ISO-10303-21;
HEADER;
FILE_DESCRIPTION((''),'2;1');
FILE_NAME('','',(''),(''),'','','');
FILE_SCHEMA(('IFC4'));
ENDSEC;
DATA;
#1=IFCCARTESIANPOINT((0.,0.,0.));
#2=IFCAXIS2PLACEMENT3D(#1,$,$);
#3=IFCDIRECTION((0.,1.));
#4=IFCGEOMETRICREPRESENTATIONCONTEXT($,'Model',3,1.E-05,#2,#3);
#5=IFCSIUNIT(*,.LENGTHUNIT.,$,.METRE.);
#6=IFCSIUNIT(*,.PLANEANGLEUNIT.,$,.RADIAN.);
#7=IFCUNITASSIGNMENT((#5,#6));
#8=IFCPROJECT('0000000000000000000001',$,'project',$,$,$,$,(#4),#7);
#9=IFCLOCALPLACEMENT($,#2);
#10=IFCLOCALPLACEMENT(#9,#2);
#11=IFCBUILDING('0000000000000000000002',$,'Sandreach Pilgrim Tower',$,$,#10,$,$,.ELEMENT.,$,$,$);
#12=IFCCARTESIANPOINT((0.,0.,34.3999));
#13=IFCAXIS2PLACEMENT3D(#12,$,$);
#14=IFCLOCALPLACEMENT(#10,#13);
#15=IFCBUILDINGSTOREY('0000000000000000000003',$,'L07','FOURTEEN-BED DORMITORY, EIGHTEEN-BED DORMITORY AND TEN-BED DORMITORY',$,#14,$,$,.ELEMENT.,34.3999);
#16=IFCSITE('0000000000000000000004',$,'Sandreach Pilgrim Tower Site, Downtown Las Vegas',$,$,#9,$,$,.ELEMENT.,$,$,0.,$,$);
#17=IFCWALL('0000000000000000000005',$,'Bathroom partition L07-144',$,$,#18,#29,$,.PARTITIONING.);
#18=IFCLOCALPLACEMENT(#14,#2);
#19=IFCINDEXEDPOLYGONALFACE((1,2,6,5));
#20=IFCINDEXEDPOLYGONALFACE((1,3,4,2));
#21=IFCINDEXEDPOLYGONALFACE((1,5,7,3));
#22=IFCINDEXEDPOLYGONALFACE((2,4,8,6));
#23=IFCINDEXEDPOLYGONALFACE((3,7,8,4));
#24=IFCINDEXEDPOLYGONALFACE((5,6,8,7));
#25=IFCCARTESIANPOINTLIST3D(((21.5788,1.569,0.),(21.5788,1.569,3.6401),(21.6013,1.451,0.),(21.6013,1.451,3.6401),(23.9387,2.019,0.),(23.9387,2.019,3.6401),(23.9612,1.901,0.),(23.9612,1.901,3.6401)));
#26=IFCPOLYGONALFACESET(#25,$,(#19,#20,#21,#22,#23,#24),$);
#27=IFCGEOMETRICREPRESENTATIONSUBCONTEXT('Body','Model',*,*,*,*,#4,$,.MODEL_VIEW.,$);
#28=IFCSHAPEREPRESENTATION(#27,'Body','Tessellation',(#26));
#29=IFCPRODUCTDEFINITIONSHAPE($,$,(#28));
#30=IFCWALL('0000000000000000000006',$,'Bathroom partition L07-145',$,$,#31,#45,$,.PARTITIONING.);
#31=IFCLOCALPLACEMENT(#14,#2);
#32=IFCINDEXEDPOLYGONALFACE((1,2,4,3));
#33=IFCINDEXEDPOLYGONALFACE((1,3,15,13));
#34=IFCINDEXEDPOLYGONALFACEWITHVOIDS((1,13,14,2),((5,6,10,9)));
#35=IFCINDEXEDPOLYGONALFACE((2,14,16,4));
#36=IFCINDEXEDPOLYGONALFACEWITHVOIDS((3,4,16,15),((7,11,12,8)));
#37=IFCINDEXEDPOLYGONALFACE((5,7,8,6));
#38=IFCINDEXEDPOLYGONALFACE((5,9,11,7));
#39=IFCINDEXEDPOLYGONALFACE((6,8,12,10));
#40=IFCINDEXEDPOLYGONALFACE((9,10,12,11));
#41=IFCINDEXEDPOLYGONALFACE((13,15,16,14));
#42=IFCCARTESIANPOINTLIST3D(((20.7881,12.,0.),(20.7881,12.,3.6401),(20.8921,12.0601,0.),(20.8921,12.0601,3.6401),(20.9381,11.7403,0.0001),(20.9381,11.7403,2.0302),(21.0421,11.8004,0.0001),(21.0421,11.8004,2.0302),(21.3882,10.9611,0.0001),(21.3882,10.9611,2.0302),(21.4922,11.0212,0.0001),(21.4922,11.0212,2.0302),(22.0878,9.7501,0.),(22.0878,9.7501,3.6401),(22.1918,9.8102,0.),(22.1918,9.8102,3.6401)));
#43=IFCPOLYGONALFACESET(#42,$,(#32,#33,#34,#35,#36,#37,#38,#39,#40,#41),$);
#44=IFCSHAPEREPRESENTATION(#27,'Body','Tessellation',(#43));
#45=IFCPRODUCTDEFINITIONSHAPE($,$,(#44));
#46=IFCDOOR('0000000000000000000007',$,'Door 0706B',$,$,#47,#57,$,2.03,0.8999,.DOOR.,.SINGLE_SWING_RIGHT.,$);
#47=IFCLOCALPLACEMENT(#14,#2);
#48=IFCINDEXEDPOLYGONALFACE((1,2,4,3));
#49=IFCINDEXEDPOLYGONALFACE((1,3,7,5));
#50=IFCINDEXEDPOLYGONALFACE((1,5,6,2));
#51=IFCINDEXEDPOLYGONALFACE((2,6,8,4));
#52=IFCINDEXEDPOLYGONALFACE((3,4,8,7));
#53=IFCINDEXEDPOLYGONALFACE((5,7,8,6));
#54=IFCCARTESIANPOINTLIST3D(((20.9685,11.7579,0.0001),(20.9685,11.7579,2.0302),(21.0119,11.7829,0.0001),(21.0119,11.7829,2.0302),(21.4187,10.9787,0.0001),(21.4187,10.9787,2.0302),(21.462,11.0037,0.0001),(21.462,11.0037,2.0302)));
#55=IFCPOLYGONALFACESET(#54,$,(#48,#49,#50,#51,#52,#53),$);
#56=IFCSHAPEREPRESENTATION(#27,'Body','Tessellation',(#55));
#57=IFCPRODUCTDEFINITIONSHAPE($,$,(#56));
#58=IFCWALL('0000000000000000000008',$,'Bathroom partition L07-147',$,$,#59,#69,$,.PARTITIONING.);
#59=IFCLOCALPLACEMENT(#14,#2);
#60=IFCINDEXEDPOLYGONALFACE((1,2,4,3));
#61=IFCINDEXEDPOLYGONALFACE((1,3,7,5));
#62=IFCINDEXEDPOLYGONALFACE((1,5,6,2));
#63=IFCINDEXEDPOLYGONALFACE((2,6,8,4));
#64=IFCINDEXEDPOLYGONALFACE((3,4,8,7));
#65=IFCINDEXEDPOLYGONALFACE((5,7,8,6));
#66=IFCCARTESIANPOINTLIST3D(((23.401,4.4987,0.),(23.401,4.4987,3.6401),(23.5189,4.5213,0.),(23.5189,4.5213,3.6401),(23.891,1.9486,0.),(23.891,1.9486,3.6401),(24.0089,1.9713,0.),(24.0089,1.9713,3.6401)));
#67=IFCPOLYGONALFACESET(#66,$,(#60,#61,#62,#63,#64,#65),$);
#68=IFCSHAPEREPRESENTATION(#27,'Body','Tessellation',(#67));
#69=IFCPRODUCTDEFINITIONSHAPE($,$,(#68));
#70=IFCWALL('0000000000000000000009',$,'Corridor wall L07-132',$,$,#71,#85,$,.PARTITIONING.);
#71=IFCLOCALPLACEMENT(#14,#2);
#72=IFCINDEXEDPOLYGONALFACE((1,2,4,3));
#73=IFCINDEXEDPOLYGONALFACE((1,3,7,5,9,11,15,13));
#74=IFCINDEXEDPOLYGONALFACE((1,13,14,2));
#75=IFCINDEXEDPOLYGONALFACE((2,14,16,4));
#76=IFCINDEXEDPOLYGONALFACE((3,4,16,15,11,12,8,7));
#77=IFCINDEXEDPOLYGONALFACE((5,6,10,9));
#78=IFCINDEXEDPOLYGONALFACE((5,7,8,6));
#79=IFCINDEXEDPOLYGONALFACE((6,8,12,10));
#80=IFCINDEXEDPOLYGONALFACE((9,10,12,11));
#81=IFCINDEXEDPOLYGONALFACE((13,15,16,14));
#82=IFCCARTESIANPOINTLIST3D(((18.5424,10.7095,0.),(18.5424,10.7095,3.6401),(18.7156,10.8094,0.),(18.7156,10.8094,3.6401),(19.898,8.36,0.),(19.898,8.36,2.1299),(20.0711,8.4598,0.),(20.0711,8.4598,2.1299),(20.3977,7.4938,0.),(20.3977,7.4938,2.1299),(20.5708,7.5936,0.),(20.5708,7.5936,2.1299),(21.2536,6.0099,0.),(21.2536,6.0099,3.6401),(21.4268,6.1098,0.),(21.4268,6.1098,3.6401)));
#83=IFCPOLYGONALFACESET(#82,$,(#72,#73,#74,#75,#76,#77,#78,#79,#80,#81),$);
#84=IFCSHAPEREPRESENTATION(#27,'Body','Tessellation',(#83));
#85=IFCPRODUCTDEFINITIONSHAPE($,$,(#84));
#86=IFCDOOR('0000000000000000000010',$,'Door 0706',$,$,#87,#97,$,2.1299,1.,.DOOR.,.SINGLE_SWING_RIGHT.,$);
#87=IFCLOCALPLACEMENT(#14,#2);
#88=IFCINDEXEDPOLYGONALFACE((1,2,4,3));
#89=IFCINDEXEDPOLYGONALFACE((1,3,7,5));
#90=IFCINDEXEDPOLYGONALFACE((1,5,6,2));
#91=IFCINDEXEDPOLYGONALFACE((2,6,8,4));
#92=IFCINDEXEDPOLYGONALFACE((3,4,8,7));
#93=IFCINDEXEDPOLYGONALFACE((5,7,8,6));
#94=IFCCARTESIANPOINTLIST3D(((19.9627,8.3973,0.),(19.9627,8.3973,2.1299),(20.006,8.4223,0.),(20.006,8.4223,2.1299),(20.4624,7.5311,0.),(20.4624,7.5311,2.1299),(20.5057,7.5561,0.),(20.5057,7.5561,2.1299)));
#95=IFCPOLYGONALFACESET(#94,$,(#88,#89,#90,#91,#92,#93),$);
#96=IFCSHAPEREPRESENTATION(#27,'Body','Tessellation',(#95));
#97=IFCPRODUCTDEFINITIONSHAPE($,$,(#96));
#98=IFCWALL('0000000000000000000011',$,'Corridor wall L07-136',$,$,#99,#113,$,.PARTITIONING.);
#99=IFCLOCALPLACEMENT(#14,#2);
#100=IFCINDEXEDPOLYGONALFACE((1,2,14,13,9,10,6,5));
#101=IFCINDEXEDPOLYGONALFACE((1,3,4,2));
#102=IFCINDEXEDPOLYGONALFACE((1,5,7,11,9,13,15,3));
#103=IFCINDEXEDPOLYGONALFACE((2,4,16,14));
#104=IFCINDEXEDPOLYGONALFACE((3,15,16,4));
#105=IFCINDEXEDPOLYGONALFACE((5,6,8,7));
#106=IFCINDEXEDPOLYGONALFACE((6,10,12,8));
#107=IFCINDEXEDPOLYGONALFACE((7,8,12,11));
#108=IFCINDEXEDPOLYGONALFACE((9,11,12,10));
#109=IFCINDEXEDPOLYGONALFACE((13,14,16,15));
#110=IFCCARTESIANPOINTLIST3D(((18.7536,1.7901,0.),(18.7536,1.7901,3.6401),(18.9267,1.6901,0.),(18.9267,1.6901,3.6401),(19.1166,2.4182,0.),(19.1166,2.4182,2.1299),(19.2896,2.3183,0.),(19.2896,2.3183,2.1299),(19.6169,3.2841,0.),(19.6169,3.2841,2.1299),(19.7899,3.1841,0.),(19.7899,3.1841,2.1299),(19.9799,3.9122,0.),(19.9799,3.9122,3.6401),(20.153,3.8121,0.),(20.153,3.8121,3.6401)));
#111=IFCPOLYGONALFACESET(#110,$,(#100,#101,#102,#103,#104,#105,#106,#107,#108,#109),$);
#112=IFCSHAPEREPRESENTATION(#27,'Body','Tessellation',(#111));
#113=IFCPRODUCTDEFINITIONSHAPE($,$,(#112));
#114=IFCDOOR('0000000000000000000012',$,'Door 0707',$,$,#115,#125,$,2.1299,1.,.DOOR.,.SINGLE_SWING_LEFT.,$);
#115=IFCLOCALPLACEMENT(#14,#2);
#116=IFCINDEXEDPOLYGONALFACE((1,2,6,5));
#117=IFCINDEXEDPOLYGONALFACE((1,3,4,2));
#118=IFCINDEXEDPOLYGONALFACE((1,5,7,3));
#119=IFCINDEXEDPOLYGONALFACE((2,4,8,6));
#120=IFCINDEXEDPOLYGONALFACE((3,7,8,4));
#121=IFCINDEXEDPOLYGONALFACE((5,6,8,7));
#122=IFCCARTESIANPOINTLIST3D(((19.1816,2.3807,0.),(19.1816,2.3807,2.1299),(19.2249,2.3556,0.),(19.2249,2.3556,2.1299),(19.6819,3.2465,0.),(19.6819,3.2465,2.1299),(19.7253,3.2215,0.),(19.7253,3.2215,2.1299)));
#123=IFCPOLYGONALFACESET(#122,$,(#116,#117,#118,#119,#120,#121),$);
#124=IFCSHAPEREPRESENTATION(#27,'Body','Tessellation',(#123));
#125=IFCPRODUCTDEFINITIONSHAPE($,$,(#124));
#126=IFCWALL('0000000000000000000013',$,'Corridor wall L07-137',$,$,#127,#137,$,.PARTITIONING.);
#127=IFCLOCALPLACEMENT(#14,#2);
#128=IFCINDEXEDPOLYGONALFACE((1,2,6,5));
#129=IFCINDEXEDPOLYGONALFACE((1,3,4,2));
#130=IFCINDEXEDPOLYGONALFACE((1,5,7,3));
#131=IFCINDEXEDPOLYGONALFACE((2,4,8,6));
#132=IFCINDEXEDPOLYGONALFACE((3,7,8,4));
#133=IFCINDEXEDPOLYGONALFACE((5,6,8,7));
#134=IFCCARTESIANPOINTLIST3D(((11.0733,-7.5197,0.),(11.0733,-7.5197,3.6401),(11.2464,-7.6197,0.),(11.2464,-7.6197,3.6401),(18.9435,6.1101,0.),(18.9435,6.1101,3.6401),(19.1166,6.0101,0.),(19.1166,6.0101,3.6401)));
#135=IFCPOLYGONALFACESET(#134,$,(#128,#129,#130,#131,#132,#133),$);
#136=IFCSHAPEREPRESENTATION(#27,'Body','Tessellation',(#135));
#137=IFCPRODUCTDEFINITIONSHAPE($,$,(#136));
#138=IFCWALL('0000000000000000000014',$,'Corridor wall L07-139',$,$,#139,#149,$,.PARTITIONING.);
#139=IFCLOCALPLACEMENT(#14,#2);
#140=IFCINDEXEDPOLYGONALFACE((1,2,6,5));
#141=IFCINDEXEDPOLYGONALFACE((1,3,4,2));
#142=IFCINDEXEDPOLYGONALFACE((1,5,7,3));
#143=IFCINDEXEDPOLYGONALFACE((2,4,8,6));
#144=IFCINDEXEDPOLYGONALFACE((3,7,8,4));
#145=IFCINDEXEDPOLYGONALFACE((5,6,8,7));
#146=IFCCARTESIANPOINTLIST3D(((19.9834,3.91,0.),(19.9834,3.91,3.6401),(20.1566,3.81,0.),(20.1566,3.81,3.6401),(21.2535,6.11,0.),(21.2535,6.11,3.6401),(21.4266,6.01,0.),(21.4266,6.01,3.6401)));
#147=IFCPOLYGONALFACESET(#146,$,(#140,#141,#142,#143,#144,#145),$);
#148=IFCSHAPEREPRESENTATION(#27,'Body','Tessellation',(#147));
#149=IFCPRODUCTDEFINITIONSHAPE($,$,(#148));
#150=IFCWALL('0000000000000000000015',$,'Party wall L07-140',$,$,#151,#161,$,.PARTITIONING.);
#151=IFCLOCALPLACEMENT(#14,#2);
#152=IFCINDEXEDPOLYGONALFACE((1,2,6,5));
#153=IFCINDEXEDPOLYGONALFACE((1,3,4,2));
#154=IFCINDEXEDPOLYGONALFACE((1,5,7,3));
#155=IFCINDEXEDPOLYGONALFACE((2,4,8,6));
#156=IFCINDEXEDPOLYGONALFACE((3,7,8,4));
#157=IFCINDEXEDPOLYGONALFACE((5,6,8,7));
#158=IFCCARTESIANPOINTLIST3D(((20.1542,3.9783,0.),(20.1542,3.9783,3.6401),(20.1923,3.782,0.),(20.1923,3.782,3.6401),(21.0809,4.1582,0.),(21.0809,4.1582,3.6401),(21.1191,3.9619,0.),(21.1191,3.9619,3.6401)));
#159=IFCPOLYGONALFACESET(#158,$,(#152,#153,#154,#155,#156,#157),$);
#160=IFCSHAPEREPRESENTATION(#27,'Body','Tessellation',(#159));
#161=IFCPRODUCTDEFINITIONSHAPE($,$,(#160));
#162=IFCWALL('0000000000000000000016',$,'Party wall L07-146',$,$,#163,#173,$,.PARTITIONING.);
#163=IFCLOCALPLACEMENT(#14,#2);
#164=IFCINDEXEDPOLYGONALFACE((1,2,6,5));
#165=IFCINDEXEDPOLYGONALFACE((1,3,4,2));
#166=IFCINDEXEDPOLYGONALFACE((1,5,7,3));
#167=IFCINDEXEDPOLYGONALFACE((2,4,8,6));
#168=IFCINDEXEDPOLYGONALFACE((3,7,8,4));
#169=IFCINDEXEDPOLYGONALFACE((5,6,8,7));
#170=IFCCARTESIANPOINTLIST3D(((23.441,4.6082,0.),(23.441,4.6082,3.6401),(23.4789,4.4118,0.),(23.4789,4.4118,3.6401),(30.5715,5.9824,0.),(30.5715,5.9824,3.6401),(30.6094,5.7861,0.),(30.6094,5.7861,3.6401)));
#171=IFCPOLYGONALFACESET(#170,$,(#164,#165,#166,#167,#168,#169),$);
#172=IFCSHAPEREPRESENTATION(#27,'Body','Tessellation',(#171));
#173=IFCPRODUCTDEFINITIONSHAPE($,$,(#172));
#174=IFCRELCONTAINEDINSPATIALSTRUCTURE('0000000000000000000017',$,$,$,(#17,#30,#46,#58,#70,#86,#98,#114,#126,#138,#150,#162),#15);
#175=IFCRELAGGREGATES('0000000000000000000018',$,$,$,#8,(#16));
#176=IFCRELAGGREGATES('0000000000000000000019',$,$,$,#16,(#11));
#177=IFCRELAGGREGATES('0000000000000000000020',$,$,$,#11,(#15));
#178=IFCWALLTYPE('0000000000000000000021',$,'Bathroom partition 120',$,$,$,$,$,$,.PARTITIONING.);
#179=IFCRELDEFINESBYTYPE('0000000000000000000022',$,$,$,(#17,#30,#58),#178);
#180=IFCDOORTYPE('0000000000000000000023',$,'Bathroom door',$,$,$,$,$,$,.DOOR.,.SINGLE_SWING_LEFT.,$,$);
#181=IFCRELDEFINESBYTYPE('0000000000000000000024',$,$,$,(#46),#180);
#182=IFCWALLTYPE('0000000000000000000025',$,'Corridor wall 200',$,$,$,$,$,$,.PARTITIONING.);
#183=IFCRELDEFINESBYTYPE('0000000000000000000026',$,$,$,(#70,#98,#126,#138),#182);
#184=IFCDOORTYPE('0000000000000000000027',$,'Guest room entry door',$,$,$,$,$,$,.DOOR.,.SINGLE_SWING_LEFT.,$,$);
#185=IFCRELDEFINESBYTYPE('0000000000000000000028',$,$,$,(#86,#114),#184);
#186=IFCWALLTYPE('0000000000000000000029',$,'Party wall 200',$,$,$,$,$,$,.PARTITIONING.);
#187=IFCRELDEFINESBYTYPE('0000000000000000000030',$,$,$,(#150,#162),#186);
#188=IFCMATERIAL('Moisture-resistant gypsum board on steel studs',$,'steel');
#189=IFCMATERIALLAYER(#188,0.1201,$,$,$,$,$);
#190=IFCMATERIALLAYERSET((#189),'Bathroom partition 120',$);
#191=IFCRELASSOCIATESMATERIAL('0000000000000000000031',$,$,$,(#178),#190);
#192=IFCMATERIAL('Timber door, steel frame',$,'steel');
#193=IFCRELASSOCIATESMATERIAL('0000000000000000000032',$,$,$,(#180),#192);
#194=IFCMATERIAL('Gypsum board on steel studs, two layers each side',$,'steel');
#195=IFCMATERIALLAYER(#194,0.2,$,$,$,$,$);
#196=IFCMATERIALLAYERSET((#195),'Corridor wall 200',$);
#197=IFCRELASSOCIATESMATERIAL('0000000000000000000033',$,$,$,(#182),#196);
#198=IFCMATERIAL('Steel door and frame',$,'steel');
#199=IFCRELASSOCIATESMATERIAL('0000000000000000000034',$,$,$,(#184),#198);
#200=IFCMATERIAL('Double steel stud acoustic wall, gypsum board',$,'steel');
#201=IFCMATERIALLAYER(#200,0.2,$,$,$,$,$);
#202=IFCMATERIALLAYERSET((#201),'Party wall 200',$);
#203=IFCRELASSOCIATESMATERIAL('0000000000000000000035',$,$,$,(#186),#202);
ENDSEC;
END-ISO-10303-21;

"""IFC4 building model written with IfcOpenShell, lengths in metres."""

from ifc_helpers import new_model, si_unit, direction, frame, frame_2d, origin, place, context, subcontext, project, spatial, rectangle, extrude, material, layer, layer_set, type_object, element, fill, save


model = new_model("IFC4")

# Units and contexts
model_context = context("Model", 3, precision=1e-05, world=origin(), true_north=direction((0.0, 1.0)))
body_context = subcontext(model_context, "Body", "Model", "MODEL_VIEW")
ifc_project = project(units=[si_unit("LENGTHUNIT", "METRE"), si_unit("PLANEANGLEUNIT", "RADIAN")], contexts=[model_context])

# Site, building, storey
site_placement = place(None, origin())
site = spatial("IfcSite", under=ifc_project, at=site_placement, Name="Sandreach Pilgrim Tower Site, Downtown Las Vegas", CompositionType="ELEMENT", RefElevation=0.0)
building_placement = place(site_placement, origin())
building = spatial("IfcBuilding", under=site, at=building_placement, Name="Sandreach Pilgrim Tower", CompositionType="ELEMENT")
storey_placement = place(building_placement, frame((0.0, 0.0, 34.3999)))
storey = spatial("IfcBuildingStorey", under=building, at=storey_placement, Name="L07", Description="FOURTEEN-BED DORMITORY, EIGHTEEN-BED DORMITORY AND TEN-BED DORMITORY", CompositionType="ELEMENT", Elevation=34.3999)

# Shared definitions
ifc_material_1 = material(Name="Moisture-resistant gypsum board on steel studs", Category="steel")
ifc_layer_1 = layer(ifc_material_1, 0.1201)
ifc_layer_set_1 = layer_set([ifc_layer_1], Name="Bathroom partition 120")
wall_type_1 = type_object("IfcWallType", Name="Bathroom partition 120", PredefinedType="PARTITIONING", material=ifc_layer_set_1)

# Shared definitions
ifc_material_2 = material(Name="Timber door, steel frame", Category="steel")
door_type_1 = type_object("IfcDoorType", Name="Bathroom door", OperationType="SINGLE_SWING_LEFT", PredefinedType="DOOR", material=ifc_material_2)

# Wall
wall_1_placement = place(storey_placement, frame((21.5901, 1.51, 0.0), z_axis=(0.0, 0.0, 1.0), x_axis=(0.982304, 0.187294, 0.0)))
element("IfcWall", 1, at=wall_1_placement, inside=storey, type_object=wall_type_1, Name="Bathroom partition L07-144", PredefinedType="PARTITIONING", context=body_context, shape_type="SweptSolid", body=[
    extrude(rectangle(XDim=2.4023, YDim=0.1201, at=frame_2d((1.2012, 0.0))), origin(), (0.0, 0.0, 1.0), 3.6401),
])

# Wall, opening, door
wall_2_placement = place(storey_placement, frame((22.1399, 9.78, 0.0), z_axis=(0.0, 0.0, 1.0), x_axis=(-0.500221, 0.865898, 0.0)))
wall_2 = element("IfcWall", 2, at=wall_2_placement, inside=storey, type_object=wall_type_1, Name="Bathroom partition L07-145", PredefinedType="PARTITIONING", context=body_context, shape_type="SweptSolid", body=[
    extrude(rectangle(XDim=2.5984, YDim=0.1201, at=frame_2d((1.2993, 0.0))), origin(), (0.0, 0.0, 1.0), 3.6401),
])
opening_1_placement = place(wall_2_placement, frame((1.3987, 0.0, 0.0)))
opening_1 = element("IfcOpeningElement", 3, at=opening_1_placement, cuts=wall_2, PredefinedType="OPENING", context=body_context, shape_type="SweptSolid", body=[
    extrude(rectangle(XDim=0.8999, YDim=2.03, at=frame_2d((0.45, 1.0151))), frame((0.0, 0.0601, 0.0), z_axis=(0.0, -1.0, 0.0), x_axis=(1.0, 0.0, 0.0)), (0.0, 0.0, 1.0), 0.1201),
])
door_1_placement = place(opening_1_placement, origin())
door_1 = element("IfcDoor", 4, at=door_1_placement, inside=storey, type_object=door_type_1, Name="Door 0706B", OperationType="SINGLE_SWING_RIGHT", OverallHeight=2.03, OverallWidth=0.8999, PredefinedType="DOOR", context=body_context, shape_type="SweptSolid", body=[
    extrude(rectangle(XDim=0.8999, YDim=2.03, at=frame_2d((0.45, 1.0151))), frame((0.0, 0.0249, 0.0), z_axis=(0.0, -1.0, 0.0), x_axis=(1.0, 0.0, 0.0)), (0.0, 0.0, 1.0), 0.05),
])
fill(opening_1, door_1)

# Wall
wall_3_placement = place(storey_placement, frame((23.95, 1.96, 0.0), z_axis=(0.0, 0.0, 1.0), x_axis=(-0.188697, 0.982035, 0.0)))
element("IfcWall", 5, at=wall_3_placement, inside=storey, type_object=wall_type_1, Name="Bathroom partition L07-147", PredefinedType="PARTITIONING", context=body_context, shape_type="SweptSolid", body=[
    extrude(rectangle(XDim=2.5967, YDim=0.1201, at=frame_2d((1.2983, 0.0))), origin(), (0.0, 0.0, 1.0), 3.6401),
])

# Walls, openings, doors
ifc_material_3 = material(Name="Gypsum board on steel studs, two layers each side", Category="steel")
ifc_layer_2 = layer(ifc_material_3, 0.2)
ifc_layer_set_2 = layer_set([ifc_layer_2], Name="Corridor wall 200")
wall_type_2 = type_object("IfcWallType", Name="Corridor wall 200", PredefinedType="PARTITIONING", material=ifc_layer_set_2)
wall_4_placement = place(storey_placement, frame((18.6289, 10.7595, 0.0), z_axis=(0.0, 0.0, 1.0), x_axis=(0.499716, -0.866189, 0.0)))
wall_4 = element("IfcWall", 6, at=wall_4_placement, inside=storey, type_object=wall_type_2, Name="Corridor wall L07-132", PredefinedType="PARTITIONING", context=body_context, shape_type="SweptSolid", body=[
    extrude(rectangle(XDim=5.4255, YDim=0.2, at=frame_2d((2.7129, 0.0))), origin(), (0.0, 0.0, 1.0), 3.6401),
])
opening_2_placement = place(wall_4_placement, frame((2.7126, 0.0, 0.0)))
opening_2 = element("IfcOpeningElement", 7, at=opening_2_placement, cuts=wall_4, PredefinedType="OPENING", context=body_context, shape_type="SweptSolid", body=[
    extrude(rectangle(XDim=1.0, YDim=2.1299, at=frame_2d((0.5, 1.0649))), frame((0.0, 0.1001, 0.0), z_axis=(0.0, -1.0, 0.0), x_axis=(1.0, 0.0, 0.0)), (0.0, 0.0, 1.0), 0.2),
])
ifc_material_4 = material(Name="Steel door and frame", Category="steel")
door_type_2 = type_object("IfcDoorType", Name="Guest room entry door", OperationType="SINGLE_SWING_LEFT", PredefinedType="DOOR", material=ifc_material_4)
door_2_placement = place(opening_2_placement, origin())
door_2 = element("IfcDoor", 8, at=door_2_placement, inside=storey, type_object=door_type_2, Name="Door 0706", OperationType="SINGLE_SWING_RIGHT", OverallHeight=2.1299, OverallWidth=1.0, PredefinedType="DOOR", context=body_context, shape_type="SweptSolid", body=[
    extrude(rectangle(XDim=1.0, YDim=2.1299, at=frame_2d((0.5, 1.0649))), frame((0.0, 0.0249, 0.0), z_axis=(0.0, -1.0, 0.0), x_axis=(1.0, 0.0, 0.0)), (0.0, 0.0, 1.0), 0.05),
])
fill(opening_2, door_2)
wall_5_placement = place(storey_placement, frame((18.8401, 1.74, 0.0), z_axis=(0.0, 0.0, 1.0), x_axis=(0.500349, 0.865824, 0.0)))
wall_5 = element("IfcWall", 9, at=wall_5_placement, inside=storey, type_object=wall_type_2, Name="Corridor wall L07-136", PredefinedType="PARTITIONING", context=body_context, shape_type="SweptSolid", body=[
    extrude(rectangle(XDim=2.4509, YDim=0.2, at=frame_2d((1.2256, 0.0))), origin(), (0.0, 0.0, 1.0), 3.6401),
])
opening_3_placement = place(wall_5_placement, frame((0.7256, 0.0, 0.0)))
opening_3 = element("IfcOpeningElement", 10, at=opening_3_placement, cuts=wall_5, PredefinedType="OPENING", context=body_context, shape_type="SweptSolid", body=[
    extrude(rectangle(XDim=1.0, YDim=2.1299, at=frame_2d((0.5, 1.0649))), frame((0.0, 0.1001, 0.0), z_axis=(0.0, -1.0, 0.0), x_axis=(1.0, 0.0, 0.0)), (0.0, 0.0, 1.0), 0.2),
])
door_3_placement = place(opening_3_placement, origin())
door_3 = element("IfcDoor", 11, at=door_3_placement, inside=storey, type_object=door_type_2, Name="Door 0707", OperationType="SINGLE_SWING_LEFT", OverallHeight=2.1299, OverallWidth=1.0, PredefinedType="DOOR", context=body_context, shape_type="SweptSolid", body=[
    extrude(rectangle(XDim=1.0, YDim=2.1299, at=frame_2d((0.5, 1.0649))), frame((0.0, 0.0249, 0.0), z_axis=(0.0, -1.0, 0.0), x_axis=(1.0, 0.0, 0.0)), (0.0, 0.0, 1.0), 0.05),
])
fill(opening_3, door_3)

# Walls
wall_6_placement = place(storey_placement, frame((19.03, 6.0601, 0.0), z_axis=(0.0, 0.0, 1.0), x_axis=(-0.50005, -0.865997, 0.0)))
element("IfcWall", 12, at=wall_6_placement, inside=storey, type_object=wall_type_2, Name="Corridor wall L07-137", PredefinedType="PARTITIONING", context=body_context, shape_type="SweptSolid", body=[
    extrude(rectangle(XDim=15.7388, YDim=0.2, at=frame_2d((7.8694, 0.0))), origin(), (0.0, 0.0, 1.0), 3.6401),
])
wall_7_placement = place(storey_placement, frame((20.0701, 3.8601, 0.0), z_axis=(0.0, 0.0, 1.0), x_axis=(0.499964, 0.866046, 0.0)))
element("IfcWall", 13, at=wall_7_placement, inside=storey, type_object=wall_type_2, Name="Corridor wall L07-139", PredefinedType="PARTITIONING", context=body_context, shape_type="SweptSolid", body=[
    extrude(rectangle(XDim=2.5403, YDim=0.2, at=frame_2d((1.27, 0.0))), origin(), (0.0, 0.0, 1.0), 3.6401),
])
ifc_material_5 = material(Name="Double steel stud acoustic wall, gypsum board", Category="steel")
ifc_layer_3 = layer(ifc_material_5, 0.2)
ifc_layer_set_3 = layer_set([ifc_layer_3], Name="Party wall 200")
wall_type_3 = type_object("IfcWallType", Name="Party wall 200", PredefinedType="PARTITIONING", material=ifc_layer_set_3)
wall_8_placement = place(storey_placement, frame((20.1731, 3.8801, 0.0), z_axis=(0.0, 0.0, 1.0), x_axis=(0.981669, 0.190593, 0.0)))
element("IfcWall", 14, at=wall_8_placement, inside=storey, type_object=wall_type_3, Name="Party wall L07-140", PredefinedType="PARTITIONING", context=body_context, shape_type="SweptSolid", body=[
    extrude(rectangle(XDim=0.9441, YDim=0.2, at=frame_2d((0.4722, 0.0))), origin(), (0.0, 0.0, 1.0), 3.6401),
])
wall_9_placement = place(storey_placement, frame((23.46, 4.51, 0.0), z_axis=(0.0, 0.0, 1.0), x_axis=(0.98193, 0.189245, 0.0)))
element("IfcWall", 15, at=wall_9_placement, inside=storey, type_object=wall_type_3, Name="Party wall L07-146", PredefinedType="PARTITIONING", context=body_context, shape_type="SweptSolid", body=[
    extrude(rectangle(XDim=7.2617, YDim=0.2, at=frame_2d((3.6309, 0.0))), origin(), (0.0, 0.0, 1.0), 3.6401),
])

save(model, "model.ifc")
